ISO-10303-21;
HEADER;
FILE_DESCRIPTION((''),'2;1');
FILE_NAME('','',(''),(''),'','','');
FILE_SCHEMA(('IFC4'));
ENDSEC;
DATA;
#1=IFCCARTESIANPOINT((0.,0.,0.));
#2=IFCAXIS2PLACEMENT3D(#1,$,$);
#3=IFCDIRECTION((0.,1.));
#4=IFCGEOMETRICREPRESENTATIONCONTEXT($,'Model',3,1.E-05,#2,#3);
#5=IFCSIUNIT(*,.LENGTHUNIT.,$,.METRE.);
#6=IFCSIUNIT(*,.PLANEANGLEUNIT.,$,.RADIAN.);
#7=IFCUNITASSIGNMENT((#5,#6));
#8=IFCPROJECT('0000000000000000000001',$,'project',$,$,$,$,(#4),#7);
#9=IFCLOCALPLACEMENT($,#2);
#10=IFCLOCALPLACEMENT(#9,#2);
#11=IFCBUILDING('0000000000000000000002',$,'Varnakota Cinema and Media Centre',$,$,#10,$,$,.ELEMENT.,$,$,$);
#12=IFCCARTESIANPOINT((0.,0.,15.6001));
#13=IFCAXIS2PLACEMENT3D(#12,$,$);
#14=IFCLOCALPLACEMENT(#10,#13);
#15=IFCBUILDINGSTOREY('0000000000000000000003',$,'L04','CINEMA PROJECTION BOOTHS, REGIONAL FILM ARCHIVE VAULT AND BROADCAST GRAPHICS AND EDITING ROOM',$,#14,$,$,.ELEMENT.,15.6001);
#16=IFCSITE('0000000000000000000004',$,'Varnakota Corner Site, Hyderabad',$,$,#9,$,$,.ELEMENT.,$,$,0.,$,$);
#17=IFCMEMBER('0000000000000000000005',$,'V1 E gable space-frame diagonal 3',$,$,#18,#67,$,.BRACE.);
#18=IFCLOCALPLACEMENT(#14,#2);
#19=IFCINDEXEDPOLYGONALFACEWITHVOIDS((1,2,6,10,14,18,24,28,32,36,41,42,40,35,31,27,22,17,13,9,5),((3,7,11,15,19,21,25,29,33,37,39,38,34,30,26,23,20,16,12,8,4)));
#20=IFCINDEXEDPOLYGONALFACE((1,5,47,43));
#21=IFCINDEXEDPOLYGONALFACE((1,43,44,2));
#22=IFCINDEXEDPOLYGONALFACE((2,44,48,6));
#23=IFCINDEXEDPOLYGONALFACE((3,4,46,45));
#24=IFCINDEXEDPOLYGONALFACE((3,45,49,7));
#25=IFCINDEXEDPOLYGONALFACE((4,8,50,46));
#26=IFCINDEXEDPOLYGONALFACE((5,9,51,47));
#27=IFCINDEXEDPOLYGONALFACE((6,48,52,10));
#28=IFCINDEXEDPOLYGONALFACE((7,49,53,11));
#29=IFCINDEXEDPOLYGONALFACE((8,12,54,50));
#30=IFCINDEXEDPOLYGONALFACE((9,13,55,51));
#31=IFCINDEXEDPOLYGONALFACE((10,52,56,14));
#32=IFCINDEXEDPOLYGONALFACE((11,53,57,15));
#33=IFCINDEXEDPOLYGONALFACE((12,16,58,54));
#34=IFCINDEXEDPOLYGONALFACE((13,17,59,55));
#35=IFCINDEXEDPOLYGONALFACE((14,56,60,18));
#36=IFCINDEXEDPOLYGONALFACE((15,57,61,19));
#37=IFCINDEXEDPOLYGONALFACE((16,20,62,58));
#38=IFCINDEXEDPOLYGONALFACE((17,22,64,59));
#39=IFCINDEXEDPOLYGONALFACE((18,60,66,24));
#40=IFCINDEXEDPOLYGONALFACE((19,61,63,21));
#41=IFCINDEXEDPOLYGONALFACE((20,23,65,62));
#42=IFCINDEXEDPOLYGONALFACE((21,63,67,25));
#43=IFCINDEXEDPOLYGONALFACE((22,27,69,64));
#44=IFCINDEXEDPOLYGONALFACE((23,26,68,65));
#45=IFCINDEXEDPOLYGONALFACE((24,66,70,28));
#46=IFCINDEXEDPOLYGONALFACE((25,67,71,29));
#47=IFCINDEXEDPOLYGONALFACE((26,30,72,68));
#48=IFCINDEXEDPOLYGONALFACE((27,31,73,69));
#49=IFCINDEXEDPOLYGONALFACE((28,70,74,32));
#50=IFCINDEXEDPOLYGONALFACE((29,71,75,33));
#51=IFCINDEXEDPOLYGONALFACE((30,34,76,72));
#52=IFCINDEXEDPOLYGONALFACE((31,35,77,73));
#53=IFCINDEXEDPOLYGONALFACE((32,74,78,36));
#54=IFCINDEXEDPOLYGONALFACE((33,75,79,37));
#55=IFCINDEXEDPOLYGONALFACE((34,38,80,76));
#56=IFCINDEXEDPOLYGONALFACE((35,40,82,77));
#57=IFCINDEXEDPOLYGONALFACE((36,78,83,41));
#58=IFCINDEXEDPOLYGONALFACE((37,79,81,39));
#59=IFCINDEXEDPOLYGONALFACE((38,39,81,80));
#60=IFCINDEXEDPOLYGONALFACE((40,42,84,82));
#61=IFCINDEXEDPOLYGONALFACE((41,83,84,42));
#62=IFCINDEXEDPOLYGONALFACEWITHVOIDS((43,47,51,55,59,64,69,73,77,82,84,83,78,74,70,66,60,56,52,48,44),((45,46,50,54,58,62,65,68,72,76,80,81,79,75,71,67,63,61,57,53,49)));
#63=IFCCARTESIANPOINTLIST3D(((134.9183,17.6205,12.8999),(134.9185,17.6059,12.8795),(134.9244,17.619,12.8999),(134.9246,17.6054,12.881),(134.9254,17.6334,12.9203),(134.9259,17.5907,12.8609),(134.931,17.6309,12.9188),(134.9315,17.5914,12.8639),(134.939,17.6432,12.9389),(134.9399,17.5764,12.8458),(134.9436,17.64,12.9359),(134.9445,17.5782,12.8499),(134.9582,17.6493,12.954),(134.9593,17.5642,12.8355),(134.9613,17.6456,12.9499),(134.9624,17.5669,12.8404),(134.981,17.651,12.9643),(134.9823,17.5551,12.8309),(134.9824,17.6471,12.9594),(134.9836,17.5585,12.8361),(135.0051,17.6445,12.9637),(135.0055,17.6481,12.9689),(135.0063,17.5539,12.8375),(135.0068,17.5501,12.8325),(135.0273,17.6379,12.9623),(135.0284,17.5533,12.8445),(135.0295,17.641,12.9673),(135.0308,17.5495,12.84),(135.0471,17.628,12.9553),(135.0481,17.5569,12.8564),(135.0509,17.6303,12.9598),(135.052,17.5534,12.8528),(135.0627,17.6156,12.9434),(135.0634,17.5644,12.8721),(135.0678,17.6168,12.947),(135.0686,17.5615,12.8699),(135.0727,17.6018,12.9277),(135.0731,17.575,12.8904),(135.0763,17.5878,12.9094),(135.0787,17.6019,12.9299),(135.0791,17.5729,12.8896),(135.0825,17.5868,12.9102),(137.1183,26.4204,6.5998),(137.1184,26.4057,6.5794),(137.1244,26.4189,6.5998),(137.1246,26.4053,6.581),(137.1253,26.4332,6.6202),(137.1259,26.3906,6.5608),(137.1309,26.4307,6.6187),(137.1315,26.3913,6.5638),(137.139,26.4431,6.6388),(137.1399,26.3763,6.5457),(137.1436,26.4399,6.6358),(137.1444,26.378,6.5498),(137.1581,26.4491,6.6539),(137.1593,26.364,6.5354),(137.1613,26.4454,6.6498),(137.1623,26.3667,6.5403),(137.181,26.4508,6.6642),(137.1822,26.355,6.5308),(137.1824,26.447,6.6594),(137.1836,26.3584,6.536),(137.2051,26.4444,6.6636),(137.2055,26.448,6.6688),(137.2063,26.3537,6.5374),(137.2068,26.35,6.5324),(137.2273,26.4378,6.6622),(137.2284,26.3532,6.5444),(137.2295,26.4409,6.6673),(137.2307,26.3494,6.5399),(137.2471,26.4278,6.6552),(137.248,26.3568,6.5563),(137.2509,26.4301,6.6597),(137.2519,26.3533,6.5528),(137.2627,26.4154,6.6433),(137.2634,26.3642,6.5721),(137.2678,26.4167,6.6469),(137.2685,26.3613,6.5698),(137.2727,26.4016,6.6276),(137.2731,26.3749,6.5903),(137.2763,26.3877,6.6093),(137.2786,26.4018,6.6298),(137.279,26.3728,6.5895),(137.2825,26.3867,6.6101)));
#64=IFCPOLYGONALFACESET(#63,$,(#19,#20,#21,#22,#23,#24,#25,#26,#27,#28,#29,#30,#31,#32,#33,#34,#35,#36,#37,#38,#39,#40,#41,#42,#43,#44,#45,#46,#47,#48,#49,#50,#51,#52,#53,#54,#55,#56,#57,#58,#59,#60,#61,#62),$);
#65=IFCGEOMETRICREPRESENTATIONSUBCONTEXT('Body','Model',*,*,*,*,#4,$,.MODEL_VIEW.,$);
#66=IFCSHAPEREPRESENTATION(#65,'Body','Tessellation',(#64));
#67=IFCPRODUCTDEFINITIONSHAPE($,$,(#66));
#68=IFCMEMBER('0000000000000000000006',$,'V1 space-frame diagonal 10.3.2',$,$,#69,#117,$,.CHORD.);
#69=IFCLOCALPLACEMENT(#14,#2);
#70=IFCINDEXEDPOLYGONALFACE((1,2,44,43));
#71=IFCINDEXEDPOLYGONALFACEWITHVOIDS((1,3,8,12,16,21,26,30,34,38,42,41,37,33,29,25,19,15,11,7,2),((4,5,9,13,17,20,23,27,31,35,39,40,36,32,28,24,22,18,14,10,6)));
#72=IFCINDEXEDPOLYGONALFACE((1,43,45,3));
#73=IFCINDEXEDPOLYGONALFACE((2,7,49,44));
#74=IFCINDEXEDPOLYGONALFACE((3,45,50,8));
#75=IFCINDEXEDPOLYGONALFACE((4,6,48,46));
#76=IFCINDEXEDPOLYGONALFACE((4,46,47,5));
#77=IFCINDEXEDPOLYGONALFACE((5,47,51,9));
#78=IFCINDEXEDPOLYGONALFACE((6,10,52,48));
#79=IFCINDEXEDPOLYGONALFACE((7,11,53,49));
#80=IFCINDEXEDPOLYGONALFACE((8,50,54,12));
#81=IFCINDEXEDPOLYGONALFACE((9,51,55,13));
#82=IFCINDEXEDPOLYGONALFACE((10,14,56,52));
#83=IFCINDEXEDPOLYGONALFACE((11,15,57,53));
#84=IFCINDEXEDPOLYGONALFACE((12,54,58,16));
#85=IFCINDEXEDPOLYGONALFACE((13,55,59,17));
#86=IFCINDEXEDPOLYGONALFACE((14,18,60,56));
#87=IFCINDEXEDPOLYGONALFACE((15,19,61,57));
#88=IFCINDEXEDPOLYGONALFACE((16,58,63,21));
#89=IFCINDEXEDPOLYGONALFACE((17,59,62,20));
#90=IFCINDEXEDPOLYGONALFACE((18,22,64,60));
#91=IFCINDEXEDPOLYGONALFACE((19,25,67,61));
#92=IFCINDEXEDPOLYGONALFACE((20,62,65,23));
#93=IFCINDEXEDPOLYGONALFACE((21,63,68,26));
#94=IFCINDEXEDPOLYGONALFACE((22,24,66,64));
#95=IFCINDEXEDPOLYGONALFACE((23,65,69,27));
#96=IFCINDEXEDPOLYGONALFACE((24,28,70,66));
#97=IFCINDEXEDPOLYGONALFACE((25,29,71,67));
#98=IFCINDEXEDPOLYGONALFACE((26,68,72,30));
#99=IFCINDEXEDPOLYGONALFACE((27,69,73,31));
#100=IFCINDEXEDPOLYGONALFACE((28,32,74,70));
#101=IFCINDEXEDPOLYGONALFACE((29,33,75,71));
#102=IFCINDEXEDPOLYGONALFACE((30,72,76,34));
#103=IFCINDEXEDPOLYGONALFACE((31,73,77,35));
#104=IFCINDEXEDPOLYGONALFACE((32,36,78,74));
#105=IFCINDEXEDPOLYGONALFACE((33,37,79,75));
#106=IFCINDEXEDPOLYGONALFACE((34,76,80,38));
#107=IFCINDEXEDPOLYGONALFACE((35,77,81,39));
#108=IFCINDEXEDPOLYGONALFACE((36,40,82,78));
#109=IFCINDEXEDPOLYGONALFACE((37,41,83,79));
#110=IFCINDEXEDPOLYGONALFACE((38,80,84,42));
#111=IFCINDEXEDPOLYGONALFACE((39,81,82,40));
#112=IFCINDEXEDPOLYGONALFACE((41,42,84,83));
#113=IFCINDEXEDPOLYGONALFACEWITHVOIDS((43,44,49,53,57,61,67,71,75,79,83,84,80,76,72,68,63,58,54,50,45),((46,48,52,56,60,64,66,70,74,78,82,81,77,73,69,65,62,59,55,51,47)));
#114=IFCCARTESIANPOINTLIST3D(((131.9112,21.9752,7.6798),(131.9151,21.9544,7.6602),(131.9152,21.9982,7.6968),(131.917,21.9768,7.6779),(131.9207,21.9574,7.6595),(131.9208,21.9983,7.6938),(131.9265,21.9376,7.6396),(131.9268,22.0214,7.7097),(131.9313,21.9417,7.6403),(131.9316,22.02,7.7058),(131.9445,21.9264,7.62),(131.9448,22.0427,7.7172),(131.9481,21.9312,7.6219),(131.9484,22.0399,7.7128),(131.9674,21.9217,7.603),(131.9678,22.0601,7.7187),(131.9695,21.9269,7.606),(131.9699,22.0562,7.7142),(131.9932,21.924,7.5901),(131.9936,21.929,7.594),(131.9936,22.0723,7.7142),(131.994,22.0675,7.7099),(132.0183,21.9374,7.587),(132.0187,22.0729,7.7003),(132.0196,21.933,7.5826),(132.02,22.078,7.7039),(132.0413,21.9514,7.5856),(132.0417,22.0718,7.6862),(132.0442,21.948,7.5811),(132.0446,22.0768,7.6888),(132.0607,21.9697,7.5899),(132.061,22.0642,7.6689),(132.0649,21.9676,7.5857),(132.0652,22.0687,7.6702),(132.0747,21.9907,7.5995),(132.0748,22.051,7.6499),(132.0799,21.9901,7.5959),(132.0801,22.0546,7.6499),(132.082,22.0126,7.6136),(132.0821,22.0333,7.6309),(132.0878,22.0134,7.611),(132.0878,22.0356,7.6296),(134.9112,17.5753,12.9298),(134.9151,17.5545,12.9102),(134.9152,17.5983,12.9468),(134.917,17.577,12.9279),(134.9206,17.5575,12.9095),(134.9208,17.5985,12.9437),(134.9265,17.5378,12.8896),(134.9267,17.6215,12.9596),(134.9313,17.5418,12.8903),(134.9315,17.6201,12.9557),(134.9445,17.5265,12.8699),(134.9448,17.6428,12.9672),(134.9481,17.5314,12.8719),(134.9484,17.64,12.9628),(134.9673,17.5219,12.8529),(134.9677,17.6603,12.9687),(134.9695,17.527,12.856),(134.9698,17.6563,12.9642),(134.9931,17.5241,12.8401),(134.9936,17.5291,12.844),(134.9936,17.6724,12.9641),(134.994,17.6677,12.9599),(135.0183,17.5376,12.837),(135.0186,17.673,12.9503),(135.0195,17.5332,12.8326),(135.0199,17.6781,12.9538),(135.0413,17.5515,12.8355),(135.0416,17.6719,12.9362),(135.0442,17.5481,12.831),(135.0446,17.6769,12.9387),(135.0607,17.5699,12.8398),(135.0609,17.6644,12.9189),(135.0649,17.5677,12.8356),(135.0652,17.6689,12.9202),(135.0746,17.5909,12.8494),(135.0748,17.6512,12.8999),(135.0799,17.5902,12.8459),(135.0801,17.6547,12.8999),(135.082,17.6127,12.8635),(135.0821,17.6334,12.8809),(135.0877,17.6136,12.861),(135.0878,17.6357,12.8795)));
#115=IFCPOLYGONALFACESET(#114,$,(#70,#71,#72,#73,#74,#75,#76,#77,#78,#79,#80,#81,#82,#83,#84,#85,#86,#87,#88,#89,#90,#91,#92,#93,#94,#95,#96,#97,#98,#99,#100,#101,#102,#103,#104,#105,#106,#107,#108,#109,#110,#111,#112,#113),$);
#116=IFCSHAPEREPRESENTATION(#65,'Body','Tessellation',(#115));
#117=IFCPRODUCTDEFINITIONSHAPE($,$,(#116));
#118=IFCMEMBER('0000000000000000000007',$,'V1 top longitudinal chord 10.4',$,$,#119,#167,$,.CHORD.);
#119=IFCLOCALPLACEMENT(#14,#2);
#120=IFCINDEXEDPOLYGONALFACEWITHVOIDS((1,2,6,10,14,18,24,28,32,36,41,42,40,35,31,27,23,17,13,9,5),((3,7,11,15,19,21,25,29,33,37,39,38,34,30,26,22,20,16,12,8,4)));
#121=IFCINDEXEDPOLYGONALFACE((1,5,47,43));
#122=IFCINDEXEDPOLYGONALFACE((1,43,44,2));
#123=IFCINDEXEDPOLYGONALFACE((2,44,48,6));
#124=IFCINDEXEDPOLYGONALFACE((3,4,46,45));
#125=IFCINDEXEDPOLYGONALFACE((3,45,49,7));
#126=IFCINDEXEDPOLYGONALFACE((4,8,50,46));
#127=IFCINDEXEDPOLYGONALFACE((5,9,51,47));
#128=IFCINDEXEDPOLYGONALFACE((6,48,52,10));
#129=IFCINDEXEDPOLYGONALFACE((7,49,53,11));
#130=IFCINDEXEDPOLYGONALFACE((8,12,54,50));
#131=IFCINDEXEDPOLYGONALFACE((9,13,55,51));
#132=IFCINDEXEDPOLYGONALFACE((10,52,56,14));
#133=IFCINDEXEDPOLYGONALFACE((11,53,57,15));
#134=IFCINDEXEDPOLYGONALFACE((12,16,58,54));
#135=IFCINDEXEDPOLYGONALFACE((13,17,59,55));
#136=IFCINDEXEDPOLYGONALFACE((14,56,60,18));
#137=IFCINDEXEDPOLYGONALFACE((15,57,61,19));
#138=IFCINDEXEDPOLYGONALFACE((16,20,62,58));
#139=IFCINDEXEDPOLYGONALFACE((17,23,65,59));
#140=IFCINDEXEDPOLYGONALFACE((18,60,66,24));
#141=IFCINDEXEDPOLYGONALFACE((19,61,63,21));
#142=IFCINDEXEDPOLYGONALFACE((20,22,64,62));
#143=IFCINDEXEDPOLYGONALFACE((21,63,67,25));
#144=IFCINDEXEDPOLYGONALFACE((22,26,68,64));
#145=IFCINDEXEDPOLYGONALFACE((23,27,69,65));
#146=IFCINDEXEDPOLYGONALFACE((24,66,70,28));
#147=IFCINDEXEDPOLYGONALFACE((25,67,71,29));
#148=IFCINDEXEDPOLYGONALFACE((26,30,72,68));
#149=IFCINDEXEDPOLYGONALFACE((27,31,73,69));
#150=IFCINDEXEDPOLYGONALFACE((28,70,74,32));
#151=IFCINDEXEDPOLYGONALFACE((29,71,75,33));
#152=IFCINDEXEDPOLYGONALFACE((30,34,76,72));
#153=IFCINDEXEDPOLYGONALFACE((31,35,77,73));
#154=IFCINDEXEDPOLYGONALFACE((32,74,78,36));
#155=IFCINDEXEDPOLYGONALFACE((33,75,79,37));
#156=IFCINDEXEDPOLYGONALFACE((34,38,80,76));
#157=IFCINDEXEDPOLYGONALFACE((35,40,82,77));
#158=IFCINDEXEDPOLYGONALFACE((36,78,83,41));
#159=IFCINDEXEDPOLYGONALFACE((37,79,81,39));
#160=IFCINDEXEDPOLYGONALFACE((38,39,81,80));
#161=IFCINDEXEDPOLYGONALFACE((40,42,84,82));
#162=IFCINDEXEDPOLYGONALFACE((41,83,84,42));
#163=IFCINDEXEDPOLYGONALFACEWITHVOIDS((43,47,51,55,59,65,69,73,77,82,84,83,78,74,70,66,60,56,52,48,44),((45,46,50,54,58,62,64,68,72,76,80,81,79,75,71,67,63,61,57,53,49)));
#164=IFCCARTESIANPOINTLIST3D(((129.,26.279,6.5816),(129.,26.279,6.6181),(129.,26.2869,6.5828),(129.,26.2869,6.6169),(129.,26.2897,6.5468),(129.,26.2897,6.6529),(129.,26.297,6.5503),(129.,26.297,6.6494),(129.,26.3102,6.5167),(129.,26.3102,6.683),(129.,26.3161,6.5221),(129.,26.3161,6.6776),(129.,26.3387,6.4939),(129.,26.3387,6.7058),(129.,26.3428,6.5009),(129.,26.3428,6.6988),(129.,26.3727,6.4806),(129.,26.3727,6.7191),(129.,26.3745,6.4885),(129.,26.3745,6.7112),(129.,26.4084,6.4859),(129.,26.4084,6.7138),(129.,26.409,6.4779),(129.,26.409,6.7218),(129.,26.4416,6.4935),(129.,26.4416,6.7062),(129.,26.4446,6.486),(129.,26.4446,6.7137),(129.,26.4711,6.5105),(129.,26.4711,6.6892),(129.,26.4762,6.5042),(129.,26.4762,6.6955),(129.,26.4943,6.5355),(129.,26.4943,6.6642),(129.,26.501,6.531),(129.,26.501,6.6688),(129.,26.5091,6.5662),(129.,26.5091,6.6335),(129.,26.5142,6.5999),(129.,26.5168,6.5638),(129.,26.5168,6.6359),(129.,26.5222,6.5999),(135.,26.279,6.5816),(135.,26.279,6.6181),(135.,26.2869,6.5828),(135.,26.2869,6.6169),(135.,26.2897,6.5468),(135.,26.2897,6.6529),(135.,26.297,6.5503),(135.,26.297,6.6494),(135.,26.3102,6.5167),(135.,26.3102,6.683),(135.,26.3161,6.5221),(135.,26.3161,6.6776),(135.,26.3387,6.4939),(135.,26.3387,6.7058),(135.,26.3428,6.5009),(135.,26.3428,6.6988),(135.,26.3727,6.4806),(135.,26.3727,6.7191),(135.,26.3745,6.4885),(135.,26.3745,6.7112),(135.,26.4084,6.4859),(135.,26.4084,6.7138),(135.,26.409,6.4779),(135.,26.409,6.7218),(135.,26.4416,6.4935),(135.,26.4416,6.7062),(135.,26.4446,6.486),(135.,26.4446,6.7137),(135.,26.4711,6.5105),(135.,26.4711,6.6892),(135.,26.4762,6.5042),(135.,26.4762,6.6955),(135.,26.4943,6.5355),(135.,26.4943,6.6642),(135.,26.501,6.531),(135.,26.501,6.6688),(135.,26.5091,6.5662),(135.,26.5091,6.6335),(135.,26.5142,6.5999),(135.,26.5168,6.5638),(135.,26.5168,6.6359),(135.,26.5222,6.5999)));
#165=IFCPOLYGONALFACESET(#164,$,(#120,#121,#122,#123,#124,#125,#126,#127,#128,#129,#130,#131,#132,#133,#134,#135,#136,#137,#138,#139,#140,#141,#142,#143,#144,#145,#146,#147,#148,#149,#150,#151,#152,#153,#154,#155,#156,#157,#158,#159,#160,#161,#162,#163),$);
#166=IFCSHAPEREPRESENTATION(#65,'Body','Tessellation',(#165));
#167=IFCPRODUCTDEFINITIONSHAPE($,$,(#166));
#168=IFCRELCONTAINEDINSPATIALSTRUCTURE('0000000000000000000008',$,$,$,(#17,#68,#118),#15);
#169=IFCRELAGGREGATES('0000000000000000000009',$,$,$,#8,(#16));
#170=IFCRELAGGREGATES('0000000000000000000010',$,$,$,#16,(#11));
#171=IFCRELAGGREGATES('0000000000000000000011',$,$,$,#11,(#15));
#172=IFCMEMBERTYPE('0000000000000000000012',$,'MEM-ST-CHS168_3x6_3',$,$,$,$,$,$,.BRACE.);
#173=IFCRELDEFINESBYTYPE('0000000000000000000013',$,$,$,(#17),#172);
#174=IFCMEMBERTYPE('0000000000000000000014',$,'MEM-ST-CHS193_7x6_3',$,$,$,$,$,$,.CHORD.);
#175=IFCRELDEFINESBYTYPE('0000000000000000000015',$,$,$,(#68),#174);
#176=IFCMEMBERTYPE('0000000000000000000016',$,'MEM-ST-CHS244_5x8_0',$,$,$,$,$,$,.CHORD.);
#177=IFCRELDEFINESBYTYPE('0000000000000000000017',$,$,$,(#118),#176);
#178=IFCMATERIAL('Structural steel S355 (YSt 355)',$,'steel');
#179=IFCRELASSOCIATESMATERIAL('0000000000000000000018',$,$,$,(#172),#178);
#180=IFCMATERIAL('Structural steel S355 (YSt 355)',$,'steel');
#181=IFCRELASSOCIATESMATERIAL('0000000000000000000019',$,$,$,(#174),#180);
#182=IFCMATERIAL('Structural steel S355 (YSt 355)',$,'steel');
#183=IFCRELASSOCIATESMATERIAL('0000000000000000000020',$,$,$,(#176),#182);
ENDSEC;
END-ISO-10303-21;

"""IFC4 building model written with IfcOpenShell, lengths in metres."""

from ifc_helpers import new_model, si_unit, direction, frame, origin, origin_2d, place, context, subcontext, project, spatial, hollow_circle, extrude, material, material_profile, profile_set, type_object, element, save


model = new_model("IFC4")

# Units and contexts
model_context = context("Model", 3, precision=1e-05, world=origin(), true_north=direction((0.0, 1.0)))
body_context = subcontext(model_context, "Body", "Model", "MODEL_VIEW")
ifc_project = project(units=[si_unit("LENGTHUNIT", "METRE"), si_unit("PLANEANGLEUNIT", "RADIAN")], contexts=[model_context])

# Site, building, storey
site_placement = place(None, origin())
site = spatial("IfcSite", under=ifc_project, at=site_placement, Name="Varnakota Corner Site, Hyderabad", CompositionType="ELEMENT", RefElevation=0.0)
building_placement = place(site_placement, origin())
building = spatial("IfcBuilding", under=site, at=building_placement, Name="Varnakota Cinema and Media Centre", CompositionType="ELEMENT")
storey_placement = place(building_placement, frame((0.0, 0.0, 15.6001)))
storey = spatial("IfcBuildingStorey", under=building, at=storey_placement, Name="L04", Description="CINEMA PROJECTION BOOTHS, REGIONAL FILM ARCHIVE VAULT AND BROADCAST GRAPHICS AND EDITING ROOM", CompositionType="ELEMENT", Elevation=15.6001)

# Members
ifc_material_1 = material(Name="Structural steel S355 (YSt 355)", Category="steel")
ifc_material_profile_1 = material_profile(ifc_material_1, hollow_circle(Radius=0.0842, WallThickness=0.0063, at=origin_2d()), Name="CHS 168.3x6.3")
ifc_profile_set_1 = profile_set([ifc_material_profile_1], Name="Structural steel S355 (YSt 355)")
member_type_1 = type_object("IfcMemberType", Name="MEM-ST-CHS168_3x6_3", PredefinedType="BRACE", material=ifc_profile_set_1)
member_1_placement = place(storey_placement, frame((135.0, 17.6001, 12.8999), z_axis=(0.199201, 0.796805, -0.570457), x_axis=(-0.970143, 0.242536, 0.0)))
element("IfcMember", 1, at=member_1_placement, inside=storey, type_object=member_type_1, Name="V1 E gable space-frame diagonal 3", PredefinedType="BRACE", context=body_context, shape_type="SweptSolid", body=[
    extrude(hollow_circle(Radius=0.0842, WallThickness=0.0063, at=origin_2d()), origin(), (0.0, 0.0, 1.0), 11.0439),
])
ifc_material_2 = material(Name="Structural steel S355 (YSt 355)", Category="steel")
ifc_material_profile_2 = material_profile(ifc_material_2, hollow_circle(Radius=0.0969, WallThickness=0.0063, at=origin_2d()), Name="CHS 193.7x6.3")
ifc_profile_set_2 = profile_set([ifc_material_profile_2], Name="Structural steel S355 (YSt 355)")
member_type_2 = type_object("IfcMemberType", Name="MEM-ST-CHS193_7x6_3", PredefinedType="CHORD", material=ifc_profile_set_2)
member_2_placement = place(storey_placement, frame((132.0, 22.0, 7.6499), z_axis=(0.401173, -0.588373, 0.702052), x_axis=(0.826222, 0.563345, 0.0)))
element("IfcMember", 2, at=member_2_placement, inside=storey, type_object=member_type_2, Name="V1 space-frame diagonal 10.3.2", PredefinedType="CHORD", context=body_context, shape_type="SweptSolid", body=[
    extrude(hollow_circle(Radius=0.0969, WallThickness=0.0063, at=origin_2d()), origin(), (0.0, 0.0, 1.0), 7.478),
])
ifc_material_3 = material(Name="Structural steel S355 (YSt 355)", Category="steel")
ifc_material_profile_3 = material_profile(ifc_material_3, hollow_circle(Radius=0.1223, WallThickness=0.0081, at=origin_2d()), Name="CHS 244.5x8.0")
ifc_profile_set_3 = profile_set([ifc_material_profile_3], Name="Structural steel S355 (YSt 355)")
member_type_3 = type_object("IfcMemberType", Name="MEM-ST-CHS244_5x8_0", PredefinedType="CHORD", material=ifc_profile_set_3)
member_3_placement = place(storey_placement, frame((129.0, 26.3999, 6.5999), z_axis=(1.0, 0.0, 0.0), x_axis=(0.0, 1.0, 0.0)))
element("IfcMember", 3, at=member_3_placement, inside=storey, type_object=member_type_3, Name="V1 top longitudinal chord 10.4", PredefinedType="CHORD", context=body_context, shape_type="SweptSolid", body=[
    extrude(hollow_circle(Radius=0.1223, WallThickness=0.0081, at=origin_2d()), origin(), (0.0, 0.0, 1.0), 6.0),
])

save(model, "model.ifc")
